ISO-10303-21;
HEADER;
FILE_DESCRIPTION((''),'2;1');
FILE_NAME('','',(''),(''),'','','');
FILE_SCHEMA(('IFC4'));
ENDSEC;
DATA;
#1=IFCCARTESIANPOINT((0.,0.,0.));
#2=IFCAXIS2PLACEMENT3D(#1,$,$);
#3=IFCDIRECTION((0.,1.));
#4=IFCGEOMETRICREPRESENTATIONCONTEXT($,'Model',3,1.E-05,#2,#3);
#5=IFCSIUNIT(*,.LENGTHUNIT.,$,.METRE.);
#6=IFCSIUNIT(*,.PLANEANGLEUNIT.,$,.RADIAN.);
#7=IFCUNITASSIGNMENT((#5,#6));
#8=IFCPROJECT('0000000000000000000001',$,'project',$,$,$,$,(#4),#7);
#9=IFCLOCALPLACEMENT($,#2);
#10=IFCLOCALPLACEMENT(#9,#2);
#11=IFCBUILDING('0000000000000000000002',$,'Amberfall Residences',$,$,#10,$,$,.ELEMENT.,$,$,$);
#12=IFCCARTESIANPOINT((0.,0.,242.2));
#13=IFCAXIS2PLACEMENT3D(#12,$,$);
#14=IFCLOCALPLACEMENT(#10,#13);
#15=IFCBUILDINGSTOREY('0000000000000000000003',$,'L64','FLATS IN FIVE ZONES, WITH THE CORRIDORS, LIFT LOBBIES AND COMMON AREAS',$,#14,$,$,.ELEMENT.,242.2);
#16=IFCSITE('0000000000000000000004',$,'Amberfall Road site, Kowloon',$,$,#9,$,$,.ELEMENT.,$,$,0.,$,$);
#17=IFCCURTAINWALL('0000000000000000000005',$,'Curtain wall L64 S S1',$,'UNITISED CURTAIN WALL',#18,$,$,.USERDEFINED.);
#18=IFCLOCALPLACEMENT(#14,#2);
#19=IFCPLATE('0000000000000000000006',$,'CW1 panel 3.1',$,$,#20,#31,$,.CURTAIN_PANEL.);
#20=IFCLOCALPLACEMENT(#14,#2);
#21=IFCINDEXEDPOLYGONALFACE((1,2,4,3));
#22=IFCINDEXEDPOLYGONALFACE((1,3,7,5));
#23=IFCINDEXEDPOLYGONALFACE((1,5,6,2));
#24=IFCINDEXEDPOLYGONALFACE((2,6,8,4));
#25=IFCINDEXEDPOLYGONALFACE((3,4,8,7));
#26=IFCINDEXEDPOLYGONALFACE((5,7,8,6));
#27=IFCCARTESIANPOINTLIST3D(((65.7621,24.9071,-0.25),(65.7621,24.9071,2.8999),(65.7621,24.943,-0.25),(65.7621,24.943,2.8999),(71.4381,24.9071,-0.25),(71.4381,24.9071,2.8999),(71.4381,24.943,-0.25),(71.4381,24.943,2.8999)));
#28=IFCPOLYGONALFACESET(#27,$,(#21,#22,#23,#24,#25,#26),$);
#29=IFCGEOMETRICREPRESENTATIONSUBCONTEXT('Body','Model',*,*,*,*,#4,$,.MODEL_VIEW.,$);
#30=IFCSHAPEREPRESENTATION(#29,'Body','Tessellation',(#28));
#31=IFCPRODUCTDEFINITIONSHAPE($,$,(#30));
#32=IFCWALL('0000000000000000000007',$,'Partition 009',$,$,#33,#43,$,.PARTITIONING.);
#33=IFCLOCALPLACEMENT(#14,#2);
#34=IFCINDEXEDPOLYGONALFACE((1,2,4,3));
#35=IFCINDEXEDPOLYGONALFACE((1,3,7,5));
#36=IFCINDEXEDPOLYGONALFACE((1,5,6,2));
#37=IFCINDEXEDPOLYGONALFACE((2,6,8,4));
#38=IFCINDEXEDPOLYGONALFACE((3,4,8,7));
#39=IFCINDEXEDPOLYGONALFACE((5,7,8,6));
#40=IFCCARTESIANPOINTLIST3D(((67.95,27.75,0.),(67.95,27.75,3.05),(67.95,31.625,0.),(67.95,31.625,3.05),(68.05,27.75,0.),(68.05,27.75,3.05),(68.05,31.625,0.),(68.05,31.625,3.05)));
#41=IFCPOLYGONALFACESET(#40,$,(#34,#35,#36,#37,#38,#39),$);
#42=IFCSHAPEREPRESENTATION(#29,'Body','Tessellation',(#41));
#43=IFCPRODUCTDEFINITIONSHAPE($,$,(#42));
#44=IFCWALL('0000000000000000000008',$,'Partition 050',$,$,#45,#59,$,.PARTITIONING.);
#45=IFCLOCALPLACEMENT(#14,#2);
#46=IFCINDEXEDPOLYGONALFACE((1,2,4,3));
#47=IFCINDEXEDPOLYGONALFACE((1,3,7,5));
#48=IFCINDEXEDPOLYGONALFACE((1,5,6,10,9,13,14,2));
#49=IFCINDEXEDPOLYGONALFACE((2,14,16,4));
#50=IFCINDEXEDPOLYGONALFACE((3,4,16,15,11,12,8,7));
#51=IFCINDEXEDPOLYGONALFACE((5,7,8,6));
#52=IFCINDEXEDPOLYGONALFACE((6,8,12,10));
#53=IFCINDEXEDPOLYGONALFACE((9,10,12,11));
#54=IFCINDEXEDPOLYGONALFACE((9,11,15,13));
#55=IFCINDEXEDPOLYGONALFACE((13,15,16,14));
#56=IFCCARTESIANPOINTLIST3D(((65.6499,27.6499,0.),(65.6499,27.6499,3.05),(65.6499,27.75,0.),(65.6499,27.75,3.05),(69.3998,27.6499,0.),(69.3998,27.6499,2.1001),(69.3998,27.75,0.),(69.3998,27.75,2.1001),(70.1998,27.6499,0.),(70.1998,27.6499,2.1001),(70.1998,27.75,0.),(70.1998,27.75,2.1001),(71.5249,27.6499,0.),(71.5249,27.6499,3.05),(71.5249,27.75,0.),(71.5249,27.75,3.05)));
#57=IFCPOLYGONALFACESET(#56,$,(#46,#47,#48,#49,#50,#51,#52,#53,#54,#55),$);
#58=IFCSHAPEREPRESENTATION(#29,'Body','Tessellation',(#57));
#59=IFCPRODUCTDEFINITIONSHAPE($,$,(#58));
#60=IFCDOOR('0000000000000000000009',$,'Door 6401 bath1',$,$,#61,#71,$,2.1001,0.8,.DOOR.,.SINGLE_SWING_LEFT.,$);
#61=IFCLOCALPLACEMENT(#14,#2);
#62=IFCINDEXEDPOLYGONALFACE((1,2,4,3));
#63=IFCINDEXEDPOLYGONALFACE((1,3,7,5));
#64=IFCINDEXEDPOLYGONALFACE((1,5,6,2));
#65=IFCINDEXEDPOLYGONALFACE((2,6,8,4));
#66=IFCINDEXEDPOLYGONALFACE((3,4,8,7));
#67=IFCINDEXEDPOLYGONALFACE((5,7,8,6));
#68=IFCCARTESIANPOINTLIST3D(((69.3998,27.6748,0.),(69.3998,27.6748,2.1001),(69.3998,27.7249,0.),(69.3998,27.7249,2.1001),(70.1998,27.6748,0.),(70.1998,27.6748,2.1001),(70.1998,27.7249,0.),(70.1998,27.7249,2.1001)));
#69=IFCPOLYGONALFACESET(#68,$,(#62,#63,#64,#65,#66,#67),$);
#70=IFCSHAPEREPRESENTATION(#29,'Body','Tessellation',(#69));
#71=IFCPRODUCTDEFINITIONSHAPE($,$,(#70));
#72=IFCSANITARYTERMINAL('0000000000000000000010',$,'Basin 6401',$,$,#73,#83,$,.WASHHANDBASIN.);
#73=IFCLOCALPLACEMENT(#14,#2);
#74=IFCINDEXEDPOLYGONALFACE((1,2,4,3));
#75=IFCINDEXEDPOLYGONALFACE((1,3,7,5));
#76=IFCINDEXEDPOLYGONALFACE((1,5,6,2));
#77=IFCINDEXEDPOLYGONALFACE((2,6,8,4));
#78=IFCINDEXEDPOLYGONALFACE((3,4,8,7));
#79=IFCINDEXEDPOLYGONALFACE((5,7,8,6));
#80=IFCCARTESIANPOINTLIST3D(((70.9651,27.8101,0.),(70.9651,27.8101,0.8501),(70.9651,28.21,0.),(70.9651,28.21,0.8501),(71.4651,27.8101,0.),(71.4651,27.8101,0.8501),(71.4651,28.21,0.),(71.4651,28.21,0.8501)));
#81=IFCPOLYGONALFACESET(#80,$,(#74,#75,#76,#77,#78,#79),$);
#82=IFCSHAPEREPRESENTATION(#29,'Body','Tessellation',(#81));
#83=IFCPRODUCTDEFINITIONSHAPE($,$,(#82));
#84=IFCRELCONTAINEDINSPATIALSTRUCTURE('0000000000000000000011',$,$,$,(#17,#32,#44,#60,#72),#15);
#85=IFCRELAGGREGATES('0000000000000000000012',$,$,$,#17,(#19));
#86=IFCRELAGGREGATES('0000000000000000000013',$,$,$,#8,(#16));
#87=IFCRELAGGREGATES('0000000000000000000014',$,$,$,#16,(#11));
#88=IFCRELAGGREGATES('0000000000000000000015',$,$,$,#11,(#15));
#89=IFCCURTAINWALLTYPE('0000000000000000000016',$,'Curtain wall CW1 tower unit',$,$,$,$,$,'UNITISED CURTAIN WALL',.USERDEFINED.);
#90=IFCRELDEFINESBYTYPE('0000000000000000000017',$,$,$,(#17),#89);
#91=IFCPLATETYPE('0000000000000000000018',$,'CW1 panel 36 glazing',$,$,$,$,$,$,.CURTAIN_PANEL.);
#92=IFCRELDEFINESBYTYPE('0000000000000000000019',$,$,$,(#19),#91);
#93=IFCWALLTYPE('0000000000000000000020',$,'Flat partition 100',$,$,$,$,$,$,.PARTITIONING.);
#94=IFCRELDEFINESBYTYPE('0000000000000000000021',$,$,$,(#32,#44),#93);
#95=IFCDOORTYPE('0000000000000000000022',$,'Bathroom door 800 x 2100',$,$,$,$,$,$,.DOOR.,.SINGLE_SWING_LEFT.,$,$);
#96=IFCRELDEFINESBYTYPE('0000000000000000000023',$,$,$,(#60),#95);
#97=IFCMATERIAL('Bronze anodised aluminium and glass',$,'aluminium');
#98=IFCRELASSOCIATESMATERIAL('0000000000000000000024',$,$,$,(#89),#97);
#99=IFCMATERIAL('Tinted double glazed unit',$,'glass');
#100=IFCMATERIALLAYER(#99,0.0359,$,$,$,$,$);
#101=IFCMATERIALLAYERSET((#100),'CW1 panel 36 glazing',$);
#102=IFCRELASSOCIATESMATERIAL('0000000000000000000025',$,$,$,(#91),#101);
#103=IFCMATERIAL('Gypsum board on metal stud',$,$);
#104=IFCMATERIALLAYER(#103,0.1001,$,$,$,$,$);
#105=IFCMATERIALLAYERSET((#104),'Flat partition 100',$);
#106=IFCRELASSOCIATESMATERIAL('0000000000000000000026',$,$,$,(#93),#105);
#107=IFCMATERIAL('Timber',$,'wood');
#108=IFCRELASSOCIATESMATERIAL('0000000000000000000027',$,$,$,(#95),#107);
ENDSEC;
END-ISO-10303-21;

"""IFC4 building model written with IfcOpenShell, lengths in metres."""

from ifc_helpers import new_model, si_unit, direction, frame, frame_2d, origin, origin_2d, place, context, subcontext, project, spatial, rectangle, extrude, material, layer, layer_set, type_object, element, fill, aggregate, save


model = new_model("IFC4")

# Units and contexts
model_context = context("Model", 3, precision=1e-05, world=origin(), true_north=direction((0.0, 1.0)))
body_context = subcontext(model_context, "Body", "Model", "MODEL_VIEW")
ifc_project = project(units=[si_unit("LENGTHUNIT", "METRE"), si_unit("PLANEANGLEUNIT", "RADIAN")], contexts=[model_context])

# Site, building, storey
site_placement = place(None, origin())
site = spatial("IfcSite", under=ifc_project, at=site_placement, Name="Amberfall Road site, Kowloon", CompositionType="ELEMENT", RefElevation=0.0)
building_placement = place(site_placement, origin())
building = spatial("IfcBuilding", under=site, at=building_placement, Name="Amberfall Residences", CompositionType="ELEMENT")
storey_placement = place(building_placement, frame((0.0, 0.0, 242.2)))
storey = spatial("IfcBuildingStorey", under=building, at=storey_placement, Name="L64", Description="FLATS IN FIVE ZONES, WITH THE CORRIDORS, LIFT LOBBIES AND COMMON AREAS", CompositionType="ELEMENT", Elevation=242.2)

# Curtain wall
ifc_material_1 = material(Name="Bronze anodised aluminium and glass", Category="aluminium")
curtain_wall_type = type_object("IfcCurtainWallType", Name="Curtain wall CW1 tower unit", ElementType="UNITISED CURTAIN WALL", PredefinedType="USERDEFINED", material=ifc_material_1)
curtain_wall_placement = place(storey_placement, origin())
curtain_wall = element("IfcCurtainWall", 1, at=curtain_wall_placement, inside=storey, type_object=curtain_wall_type, Name="Curtain wall L64 S S1", ObjectType="UNITISED CURTAIN WALL", PredefinedType="USERDEFINED")

# Plate
ifc_material_2 = material(Name="Tinted double glazed unit", Category="glass")
ifc_layer_1 = layer(ifc_material_2, 0.0359)
ifc_layer_set_1 = layer_set([ifc_layer_1], Name="CW1 panel 36 glazing")
plate_type = type_object("IfcPlateType", Name="CW1 panel 36 glazing", PredefinedType="CURTAIN_PANEL", material=ifc_layer_set_1)
plate_1_placement = place(storey_placement, frame((68.6001, 24.925, -0.25), z_axis=(0.0, 0.0, 1.0), x_axis=(1.0, 0.0, 0.0)))
plate_1 = element("IfcPlate", 2, at=plate_1_placement, type_object=plate_type, Name="CW1 panel 3.1", PredefinedType="CURTAIN_PANEL", context=body_context, shape_type="SweptSolid", body=[
    extrude(rectangle(XDim=5.676, YDim=0.0359, at=origin_2d()), origin(), (0.0, 0.0, 1.0), 3.1499),
])
aggregate(curtain_wall, [plate_1])

# Wall
ifc_material_3 = material(Name="Gypsum board on metal stud")
ifc_layer_2 = layer(ifc_material_3, 0.1001)
ifc_layer_set_2 = layer_set([ifc_layer_2], Name="Flat partition 100")
wall_type = type_object("IfcWallType", Name="Flat partition 100", PredefinedType="PARTITIONING", material=ifc_layer_set_2)
wall_1_placement = place(storey_placement, frame((68.0, 27.75, 0.0), z_axis=(0.0, 0.0, 1.0), x_axis=(0.0, 1.0, 0.0)))
element("IfcWall", 3, at=wall_1_placement, inside=storey, type_object=wall_type, Name="Partition 009", PredefinedType="PARTITIONING", context=body_context, shape_type="SweptSolid", body=[
    extrude(rectangle(XDim=3.875, YDim=0.1001, at=frame_2d((1.9375, 0.0))), origin(), (0.0, 0.0, 1.0), 3.05),
])

# Wall, opening, door
wall_2_placement = place(storey_placement, frame((65.6499, 27.7, 0.0), z_axis=(0.0, 0.0, 1.0), x_axis=(1.0, 0.0, 0.0)))
wall_2 = element("IfcWall", 4, at=wall_2_placement, inside=storey, type_object=wall_type, Name="Partition 050", PredefinedType="PARTITIONING", context=body_context, shape_type="SweptSolid", body=[
    extrude(rectangle(XDim=5.875, YDim=0.1001, at=frame_2d((2.9375, 0.0))), origin(), (0.0, 0.0, 1.0), 3.05),
])
opening_placement = place(wall_2_placement, frame((3.75, 0.0, 0.0)))
opening = element("IfcOpeningElement", 5, at=opening_placement, cuts=wall_2, PredefinedType="OPENING", context=body_context, shape_type="SweptSolid", body=[
    extrude(rectangle(XDim=0.8, YDim=2.1001, at=frame_2d((0.3999, 1.05))), frame((0.0, 0.0601, 0.0), z_axis=(0.0, -1.0, 0.0), x_axis=(1.0, 0.0, 0.0)), (0.0, 0.0, 1.0), 0.1201),
])
ifc_material_4 = material(Name="Timber", Category="wood")
door_type = type_object("IfcDoorType", Name="Bathroom door 800 x 2100", OperationType="SINGLE_SWING_LEFT", PredefinedType="DOOR", material=ifc_material_4)
door_placement = place(opening_placement, origin())
door = element("IfcDoor", 6, at=door_placement, inside=storey, type_object=door_type, Name="Door 6401 bath1", OperationType="SINGLE_SWING_LEFT", OverallHeight=2.1001, OverallWidth=0.8, PredefinedType="DOOR", context=body_context, shape_type="SweptSolid", body=[
    extrude(rectangle(XDim=0.8, YDim=2.1001, at=frame_2d((0.3999, 1.05))), frame((0.0, 0.0249, 0.0), z_axis=(0.0, -1.0, 0.0), x_axis=(1.0, 0.0, 0.0)), (0.0, 0.0, 1.0), 0.05),
])
fill(opening, door)

# Sanitary terminal
sanitary_terminal_placement = place(storey_placement, frame((71.2151, 28.01, 0.0), z_axis=(0.0, 0.0, 1.0), x_axis=(1.0, 0.0, 0.0)))
element("IfcSanitaryTerminal", 7, at=sanitary_terminal_placement, inside=storey, Name="Basin 6401", PredefinedType="WASHHANDBASIN", context=body_context, shape_type="SweptSolid", body=[
    extrude(rectangle(XDim=0.5, YDim=0.3999, at=origin_2d()), origin(), (0.0, 0.0, 1.0), 0.8501),
])

save(model, "model.ifc")
